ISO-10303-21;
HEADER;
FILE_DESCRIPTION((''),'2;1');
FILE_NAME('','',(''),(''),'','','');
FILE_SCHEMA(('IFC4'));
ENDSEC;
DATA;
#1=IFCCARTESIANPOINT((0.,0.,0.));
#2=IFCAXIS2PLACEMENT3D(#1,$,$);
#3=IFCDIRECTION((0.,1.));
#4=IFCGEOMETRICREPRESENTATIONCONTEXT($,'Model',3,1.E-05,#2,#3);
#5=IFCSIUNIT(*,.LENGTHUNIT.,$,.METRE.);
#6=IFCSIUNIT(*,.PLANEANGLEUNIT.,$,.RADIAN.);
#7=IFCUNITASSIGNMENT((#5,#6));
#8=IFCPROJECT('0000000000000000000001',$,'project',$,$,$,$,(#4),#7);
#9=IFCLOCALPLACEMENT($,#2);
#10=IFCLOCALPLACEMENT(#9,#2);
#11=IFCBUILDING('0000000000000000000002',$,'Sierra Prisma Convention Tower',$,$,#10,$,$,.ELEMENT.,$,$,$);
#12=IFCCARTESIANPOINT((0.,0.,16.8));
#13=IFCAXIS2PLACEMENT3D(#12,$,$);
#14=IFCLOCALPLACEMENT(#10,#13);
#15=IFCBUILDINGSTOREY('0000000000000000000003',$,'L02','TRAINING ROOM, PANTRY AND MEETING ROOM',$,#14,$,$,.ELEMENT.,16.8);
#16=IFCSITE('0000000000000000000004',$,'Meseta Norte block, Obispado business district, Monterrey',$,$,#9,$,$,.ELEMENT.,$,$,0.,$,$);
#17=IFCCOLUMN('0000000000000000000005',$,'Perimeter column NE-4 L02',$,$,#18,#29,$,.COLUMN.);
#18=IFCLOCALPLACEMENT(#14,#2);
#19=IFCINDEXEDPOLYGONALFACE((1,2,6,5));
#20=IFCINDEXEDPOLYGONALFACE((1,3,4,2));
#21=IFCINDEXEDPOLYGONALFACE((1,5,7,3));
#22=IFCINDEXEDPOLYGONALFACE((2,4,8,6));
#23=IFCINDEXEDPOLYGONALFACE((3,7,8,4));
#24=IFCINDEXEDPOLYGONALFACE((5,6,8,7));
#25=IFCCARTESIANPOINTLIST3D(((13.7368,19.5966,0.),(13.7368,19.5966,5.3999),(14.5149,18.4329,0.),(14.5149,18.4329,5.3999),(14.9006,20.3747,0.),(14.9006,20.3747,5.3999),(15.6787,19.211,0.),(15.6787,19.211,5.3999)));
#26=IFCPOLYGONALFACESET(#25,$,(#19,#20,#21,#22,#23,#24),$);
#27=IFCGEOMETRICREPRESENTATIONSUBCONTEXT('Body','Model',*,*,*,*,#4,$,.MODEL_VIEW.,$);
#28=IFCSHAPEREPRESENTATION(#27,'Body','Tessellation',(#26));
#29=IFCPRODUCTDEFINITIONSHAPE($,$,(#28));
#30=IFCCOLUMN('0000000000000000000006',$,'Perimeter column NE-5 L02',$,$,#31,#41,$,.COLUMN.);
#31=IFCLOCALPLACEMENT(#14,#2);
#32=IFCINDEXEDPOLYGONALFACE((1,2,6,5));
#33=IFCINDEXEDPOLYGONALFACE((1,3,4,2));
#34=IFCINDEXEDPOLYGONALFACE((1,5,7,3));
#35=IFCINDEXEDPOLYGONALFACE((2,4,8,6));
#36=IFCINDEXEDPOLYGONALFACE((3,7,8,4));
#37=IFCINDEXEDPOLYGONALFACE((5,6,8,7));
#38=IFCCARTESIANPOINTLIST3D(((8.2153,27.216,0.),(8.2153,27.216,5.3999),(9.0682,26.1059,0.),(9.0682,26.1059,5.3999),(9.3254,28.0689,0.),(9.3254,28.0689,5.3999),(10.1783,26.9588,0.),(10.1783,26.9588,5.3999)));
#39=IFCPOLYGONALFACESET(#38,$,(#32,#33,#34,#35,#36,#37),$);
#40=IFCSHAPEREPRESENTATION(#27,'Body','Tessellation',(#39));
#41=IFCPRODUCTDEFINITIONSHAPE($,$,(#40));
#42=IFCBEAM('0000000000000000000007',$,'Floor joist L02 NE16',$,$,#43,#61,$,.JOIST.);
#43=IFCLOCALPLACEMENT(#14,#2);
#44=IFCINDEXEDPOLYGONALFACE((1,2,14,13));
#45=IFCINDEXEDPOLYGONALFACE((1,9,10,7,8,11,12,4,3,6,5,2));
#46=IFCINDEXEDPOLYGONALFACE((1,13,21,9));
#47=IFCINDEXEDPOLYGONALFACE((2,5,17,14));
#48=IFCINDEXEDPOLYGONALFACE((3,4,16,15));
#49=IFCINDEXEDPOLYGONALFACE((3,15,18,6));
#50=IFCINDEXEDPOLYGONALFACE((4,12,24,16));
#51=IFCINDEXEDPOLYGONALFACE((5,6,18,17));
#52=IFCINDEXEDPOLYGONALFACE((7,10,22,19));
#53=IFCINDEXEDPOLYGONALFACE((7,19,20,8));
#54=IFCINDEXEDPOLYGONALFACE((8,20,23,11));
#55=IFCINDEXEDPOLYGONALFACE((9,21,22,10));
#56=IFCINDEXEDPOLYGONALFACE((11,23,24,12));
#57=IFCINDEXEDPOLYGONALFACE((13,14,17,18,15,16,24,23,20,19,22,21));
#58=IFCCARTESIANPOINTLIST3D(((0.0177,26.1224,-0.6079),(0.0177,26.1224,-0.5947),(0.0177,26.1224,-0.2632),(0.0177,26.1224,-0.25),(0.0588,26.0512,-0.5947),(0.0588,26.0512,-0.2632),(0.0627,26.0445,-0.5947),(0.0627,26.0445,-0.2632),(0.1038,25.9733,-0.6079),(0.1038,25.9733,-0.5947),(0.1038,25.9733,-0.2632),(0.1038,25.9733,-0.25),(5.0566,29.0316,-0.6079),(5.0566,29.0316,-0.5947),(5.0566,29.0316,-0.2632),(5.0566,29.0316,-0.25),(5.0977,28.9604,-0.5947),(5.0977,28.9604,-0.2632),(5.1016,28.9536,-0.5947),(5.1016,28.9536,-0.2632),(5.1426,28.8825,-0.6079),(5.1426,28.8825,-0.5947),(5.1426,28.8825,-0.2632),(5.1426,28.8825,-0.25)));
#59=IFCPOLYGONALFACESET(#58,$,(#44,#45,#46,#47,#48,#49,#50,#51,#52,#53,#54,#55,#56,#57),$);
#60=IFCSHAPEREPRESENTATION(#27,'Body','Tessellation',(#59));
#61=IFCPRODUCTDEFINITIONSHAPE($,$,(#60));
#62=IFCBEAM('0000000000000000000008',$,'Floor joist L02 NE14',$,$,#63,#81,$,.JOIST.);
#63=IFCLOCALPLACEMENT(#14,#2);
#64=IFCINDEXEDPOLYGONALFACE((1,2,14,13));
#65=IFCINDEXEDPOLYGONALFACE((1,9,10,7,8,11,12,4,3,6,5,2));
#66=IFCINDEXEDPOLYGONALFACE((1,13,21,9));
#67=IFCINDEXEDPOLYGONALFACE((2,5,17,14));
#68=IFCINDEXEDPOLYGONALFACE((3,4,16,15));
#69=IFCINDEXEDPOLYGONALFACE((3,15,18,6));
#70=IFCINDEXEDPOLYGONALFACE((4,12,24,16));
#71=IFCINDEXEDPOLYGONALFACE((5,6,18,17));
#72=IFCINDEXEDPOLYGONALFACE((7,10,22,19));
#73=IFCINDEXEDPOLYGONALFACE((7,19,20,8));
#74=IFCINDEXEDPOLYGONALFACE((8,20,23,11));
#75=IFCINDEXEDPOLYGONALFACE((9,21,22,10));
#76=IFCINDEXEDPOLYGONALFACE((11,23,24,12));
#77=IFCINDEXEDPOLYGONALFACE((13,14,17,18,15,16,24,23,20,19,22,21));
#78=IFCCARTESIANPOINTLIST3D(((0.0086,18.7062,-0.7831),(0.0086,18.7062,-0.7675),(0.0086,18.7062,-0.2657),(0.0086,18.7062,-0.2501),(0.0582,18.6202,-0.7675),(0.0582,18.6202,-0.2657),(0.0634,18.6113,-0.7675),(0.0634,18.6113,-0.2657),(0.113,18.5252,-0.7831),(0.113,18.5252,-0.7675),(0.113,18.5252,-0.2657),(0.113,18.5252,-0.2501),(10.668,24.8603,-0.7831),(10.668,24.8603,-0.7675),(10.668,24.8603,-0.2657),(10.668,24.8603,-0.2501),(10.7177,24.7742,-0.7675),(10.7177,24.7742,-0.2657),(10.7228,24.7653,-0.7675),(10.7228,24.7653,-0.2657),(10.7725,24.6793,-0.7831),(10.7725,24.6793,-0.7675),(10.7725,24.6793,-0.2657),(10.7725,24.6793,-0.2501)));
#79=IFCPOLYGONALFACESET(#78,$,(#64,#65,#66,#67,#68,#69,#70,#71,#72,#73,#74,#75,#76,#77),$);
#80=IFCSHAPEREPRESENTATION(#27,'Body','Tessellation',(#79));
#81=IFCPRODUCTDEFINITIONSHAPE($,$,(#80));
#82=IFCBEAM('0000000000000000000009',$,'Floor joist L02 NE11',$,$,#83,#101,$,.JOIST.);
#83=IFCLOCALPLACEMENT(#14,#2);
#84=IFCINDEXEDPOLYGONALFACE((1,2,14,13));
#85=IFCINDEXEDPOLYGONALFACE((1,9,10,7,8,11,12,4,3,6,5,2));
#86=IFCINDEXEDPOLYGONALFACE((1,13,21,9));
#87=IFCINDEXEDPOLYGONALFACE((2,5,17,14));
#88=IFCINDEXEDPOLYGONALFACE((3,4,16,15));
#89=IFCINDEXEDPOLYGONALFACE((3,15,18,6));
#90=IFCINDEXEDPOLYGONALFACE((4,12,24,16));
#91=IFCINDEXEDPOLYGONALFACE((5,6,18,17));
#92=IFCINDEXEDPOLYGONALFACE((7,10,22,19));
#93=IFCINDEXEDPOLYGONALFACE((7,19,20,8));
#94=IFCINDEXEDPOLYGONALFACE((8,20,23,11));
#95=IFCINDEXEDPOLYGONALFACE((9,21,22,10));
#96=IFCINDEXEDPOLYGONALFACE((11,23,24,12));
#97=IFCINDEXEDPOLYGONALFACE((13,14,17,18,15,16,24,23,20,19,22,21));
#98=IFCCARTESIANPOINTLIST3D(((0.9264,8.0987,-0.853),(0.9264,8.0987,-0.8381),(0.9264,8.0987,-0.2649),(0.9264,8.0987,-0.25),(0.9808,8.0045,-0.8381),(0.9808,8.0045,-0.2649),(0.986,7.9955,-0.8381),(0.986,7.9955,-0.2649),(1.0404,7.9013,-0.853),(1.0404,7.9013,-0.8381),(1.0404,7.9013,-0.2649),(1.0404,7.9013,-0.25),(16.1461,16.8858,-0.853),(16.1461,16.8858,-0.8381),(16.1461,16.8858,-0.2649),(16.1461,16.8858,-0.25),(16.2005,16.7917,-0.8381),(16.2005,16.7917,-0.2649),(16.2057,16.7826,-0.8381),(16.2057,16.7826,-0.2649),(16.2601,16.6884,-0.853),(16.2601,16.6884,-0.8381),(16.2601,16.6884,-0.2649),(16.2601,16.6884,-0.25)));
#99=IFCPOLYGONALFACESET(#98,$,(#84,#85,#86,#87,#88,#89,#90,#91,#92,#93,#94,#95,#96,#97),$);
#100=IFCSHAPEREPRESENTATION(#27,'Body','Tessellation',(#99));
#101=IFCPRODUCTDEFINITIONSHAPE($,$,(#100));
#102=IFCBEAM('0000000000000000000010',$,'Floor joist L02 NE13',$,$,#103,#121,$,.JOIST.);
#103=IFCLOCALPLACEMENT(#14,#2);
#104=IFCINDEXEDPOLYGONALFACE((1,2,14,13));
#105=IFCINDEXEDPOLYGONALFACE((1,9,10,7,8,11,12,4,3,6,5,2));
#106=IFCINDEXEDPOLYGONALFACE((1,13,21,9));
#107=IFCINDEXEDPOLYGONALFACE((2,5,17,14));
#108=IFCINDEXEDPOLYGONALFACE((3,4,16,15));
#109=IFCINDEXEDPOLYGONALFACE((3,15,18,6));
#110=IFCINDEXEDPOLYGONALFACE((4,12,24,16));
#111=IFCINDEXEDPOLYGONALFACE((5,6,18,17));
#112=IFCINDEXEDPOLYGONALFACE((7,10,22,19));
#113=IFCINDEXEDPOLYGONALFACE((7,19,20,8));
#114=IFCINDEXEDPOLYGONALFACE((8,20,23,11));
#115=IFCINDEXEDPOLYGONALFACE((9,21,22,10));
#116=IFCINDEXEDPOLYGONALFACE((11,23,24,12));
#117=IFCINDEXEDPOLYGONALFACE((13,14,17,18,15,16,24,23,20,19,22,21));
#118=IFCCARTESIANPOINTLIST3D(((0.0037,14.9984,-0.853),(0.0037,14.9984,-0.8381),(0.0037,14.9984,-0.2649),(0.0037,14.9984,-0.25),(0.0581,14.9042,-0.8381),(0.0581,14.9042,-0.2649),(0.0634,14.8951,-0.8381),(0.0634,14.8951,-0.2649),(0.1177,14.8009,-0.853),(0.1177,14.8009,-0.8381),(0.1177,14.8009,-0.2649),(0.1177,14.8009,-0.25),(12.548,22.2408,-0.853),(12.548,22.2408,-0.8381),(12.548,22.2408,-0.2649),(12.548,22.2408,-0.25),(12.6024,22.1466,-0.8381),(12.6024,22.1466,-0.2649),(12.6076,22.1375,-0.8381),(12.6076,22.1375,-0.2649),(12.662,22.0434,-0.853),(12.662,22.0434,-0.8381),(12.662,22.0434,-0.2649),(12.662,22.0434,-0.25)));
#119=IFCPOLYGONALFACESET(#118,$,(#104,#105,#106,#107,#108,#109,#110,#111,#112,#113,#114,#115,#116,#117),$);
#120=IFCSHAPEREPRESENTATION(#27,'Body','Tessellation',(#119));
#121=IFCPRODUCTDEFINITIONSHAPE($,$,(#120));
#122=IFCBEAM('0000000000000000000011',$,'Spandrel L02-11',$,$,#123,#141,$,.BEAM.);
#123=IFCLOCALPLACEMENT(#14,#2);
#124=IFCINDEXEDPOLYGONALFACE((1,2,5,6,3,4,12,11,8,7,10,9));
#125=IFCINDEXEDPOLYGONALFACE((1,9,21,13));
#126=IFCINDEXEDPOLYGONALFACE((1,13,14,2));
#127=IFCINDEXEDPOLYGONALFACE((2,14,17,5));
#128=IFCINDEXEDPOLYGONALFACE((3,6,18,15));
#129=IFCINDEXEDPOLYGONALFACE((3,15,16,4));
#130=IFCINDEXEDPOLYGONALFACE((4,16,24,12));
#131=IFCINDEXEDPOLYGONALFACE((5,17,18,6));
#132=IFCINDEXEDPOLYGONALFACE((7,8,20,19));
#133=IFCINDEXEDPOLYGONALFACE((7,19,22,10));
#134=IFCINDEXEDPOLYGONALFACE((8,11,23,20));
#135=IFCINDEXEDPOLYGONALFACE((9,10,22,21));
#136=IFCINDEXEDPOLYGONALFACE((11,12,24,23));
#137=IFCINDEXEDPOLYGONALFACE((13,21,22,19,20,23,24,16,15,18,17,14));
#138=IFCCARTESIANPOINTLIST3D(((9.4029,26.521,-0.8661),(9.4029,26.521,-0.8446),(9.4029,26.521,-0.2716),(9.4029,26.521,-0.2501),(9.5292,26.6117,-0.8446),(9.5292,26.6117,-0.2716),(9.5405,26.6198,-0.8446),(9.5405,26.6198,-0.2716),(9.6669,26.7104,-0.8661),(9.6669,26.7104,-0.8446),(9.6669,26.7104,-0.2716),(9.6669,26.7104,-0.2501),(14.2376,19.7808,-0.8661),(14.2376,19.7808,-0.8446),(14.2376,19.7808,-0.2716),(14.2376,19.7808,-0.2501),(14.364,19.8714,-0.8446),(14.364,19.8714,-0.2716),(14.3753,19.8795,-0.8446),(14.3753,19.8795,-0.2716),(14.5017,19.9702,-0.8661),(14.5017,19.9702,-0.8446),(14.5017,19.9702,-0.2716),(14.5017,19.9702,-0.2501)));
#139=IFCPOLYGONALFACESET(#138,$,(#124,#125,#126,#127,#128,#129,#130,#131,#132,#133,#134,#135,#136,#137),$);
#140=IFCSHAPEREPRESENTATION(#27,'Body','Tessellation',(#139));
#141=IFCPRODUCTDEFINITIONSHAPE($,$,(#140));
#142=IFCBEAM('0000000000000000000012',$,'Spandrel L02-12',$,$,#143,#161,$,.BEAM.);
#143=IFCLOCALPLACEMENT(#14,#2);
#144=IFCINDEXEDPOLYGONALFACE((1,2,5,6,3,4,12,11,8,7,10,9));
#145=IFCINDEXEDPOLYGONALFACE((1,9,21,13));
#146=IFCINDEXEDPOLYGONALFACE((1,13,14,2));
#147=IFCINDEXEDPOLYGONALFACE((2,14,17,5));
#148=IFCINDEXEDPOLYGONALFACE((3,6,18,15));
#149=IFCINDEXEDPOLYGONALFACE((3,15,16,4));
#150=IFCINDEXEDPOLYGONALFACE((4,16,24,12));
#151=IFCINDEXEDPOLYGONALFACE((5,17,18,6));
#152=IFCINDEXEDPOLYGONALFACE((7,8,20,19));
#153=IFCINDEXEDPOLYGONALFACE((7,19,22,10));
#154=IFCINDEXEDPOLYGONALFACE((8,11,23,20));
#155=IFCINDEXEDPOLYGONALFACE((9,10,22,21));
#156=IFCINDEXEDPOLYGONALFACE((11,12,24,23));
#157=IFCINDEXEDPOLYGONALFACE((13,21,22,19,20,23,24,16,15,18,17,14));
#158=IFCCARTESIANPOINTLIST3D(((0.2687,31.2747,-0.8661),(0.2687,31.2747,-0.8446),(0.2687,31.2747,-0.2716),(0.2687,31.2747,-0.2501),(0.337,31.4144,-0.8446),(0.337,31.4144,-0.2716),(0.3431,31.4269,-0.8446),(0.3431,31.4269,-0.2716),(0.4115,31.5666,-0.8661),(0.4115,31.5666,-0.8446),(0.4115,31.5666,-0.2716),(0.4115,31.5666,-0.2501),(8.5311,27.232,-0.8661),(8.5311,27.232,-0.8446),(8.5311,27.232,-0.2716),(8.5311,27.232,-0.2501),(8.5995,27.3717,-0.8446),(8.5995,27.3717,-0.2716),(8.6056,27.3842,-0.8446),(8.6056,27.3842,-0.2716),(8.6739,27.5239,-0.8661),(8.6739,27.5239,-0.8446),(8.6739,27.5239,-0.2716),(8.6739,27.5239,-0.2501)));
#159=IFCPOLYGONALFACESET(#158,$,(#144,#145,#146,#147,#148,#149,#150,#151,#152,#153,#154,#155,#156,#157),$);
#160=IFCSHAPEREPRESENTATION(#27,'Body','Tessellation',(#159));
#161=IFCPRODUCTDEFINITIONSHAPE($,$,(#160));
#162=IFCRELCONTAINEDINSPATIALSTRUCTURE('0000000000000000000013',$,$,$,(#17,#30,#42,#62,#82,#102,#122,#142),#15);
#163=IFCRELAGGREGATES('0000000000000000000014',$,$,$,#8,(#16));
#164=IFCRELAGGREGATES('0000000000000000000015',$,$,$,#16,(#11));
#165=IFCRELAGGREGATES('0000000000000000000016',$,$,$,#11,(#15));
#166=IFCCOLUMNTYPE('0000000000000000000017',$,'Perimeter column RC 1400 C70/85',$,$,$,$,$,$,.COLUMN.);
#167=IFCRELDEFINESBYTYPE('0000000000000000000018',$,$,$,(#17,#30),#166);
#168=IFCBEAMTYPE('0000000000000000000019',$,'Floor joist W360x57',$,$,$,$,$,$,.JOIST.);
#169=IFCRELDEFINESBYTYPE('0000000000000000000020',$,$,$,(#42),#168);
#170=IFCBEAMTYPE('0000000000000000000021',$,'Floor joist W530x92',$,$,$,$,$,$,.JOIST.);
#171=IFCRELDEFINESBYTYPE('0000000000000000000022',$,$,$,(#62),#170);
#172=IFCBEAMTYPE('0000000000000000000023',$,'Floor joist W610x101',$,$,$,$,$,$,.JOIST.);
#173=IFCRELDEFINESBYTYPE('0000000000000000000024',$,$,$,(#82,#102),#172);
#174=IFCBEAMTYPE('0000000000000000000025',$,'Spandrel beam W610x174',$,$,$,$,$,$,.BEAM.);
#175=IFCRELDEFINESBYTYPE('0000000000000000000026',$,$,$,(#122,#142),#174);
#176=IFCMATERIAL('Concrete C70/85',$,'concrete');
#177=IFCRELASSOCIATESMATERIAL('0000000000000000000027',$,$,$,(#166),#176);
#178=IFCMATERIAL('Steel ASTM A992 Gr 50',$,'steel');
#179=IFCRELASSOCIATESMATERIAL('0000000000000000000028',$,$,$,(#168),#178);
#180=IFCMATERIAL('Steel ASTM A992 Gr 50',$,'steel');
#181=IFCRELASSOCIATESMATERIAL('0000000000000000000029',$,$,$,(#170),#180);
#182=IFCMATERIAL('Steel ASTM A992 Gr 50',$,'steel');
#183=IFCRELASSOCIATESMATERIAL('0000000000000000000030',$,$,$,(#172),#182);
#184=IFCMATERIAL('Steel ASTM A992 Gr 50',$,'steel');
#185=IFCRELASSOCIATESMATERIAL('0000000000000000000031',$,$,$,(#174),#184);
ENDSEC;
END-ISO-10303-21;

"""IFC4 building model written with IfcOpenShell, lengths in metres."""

from ifc_helpers import new_model, si_unit, direction, frame, origin, origin_2d, place, context, subcontext, project, spatial, rectangle, i_section, extrude, material, material_profile, profile_set, type_object, element, save


model = new_model("IFC4")

# Units and contexts
model_context = context("Model", 3, precision=1e-05, world=origin(), true_north=direction((0.0, 1.0)))
body_context = subcontext(model_context, "Body", "Model", "MODEL_VIEW")
ifc_project = project(units=[si_unit("LENGTHUNIT", "METRE"), si_unit("PLANEANGLEUNIT", "RADIAN")], contexts=[model_context])

# Site, building, storey
site_placement = place(None, origin())
site = spatial("IfcSite", under=ifc_project, at=site_placement, Name="Meseta Norte block, Obispado business district, Monterrey", CompositionType="ELEMENT", RefElevation=0.0)
building_placement = place(site_placement, origin())
building = spatial("IfcBuilding", under=site, at=building_placement, Name="Sierra Prisma Convention Tower", CompositionType="ELEMENT")
storey_placement = place(building_placement, frame((0.0, 0.0, 16.8)))
storey = spatial("IfcBuildingStorey", under=building, at=storey_placement, Name="L02", Description="TRAINING ROOM, PANTRY AND MEETING ROOM", CompositionType="ELEMENT", Elevation=16.8)

# Columns
ifc_material_1 = material(Name="Concrete C70/85", Category="concrete")
ifc_material_profile_1 = material_profile(ifc_material_1, rectangle(XDim=1.3999, YDim=1.3999, at=origin_2d()), Name="Perimeter column RC 1400 C70/85")
ifc_profile_set_1 = profile_set([ifc_material_profile_1], Name="Concrete C70/85")
column_type = type_object("IfcColumnType", Name="Perimeter column RC 1400 C70/85", PredefinedType="COLUMN", material=ifc_profile_set_1)
for number, where, z_axis, x_axis, name in (
    (1, (14.7078, 19.4038, 0.0), (0.0, 0.0, 1.0), (-0.555817, 0.831305, 0.0), "Perimeter column NE-4 L02"),
    (2, (9.1968, 27.0874, 0.0), (0.0, 0.0, 1.0), (-0.609232, 0.792992, 0.0), "Perimeter column NE-5 L02"),
):
    element("IfcColumn", number, at=place(storey_placement, frame(where, z_axis=z_axis, x_axis=x_axis)), inside=storey, type_object=column_type, Name=name, PredefinedType="COLUMN", context=body_context, shape_type="SweptSolid", body=[
        extrude(rectangle(XDim=1.3999, YDim=1.3999, at=origin_2d()), origin(), (0.0, 0.0, 1.0), 5.3999),
    ])

# Beams
ifc_material_2 = material(Name="Steel ASTM A992 Gr 50", Category="steel")
ifc_material_profile_2 = material_profile(ifc_material_2, i_section(OverallWidth=0.1721, OverallDepth=0.3579, WebThickness=0.0078, FlangeThickness=0.0132, at=origin_2d()), Name="W360x57")
ifc_profile_set_2 = profile_set([ifc_material_profile_2], Name="Steel ASTM A992 Gr 50")
beam_type_1 = type_object("IfcBeamType", Name="Floor joist W360x57", PredefinedType="JOIST", material=ifc_profile_set_2)
beam_1_placement = place(storey_placement, frame((5.0996, 28.957, -0.429), z_axis=(-0.866024, -0.500002, 0.0), x_axis=(0.500002, -0.866024, 0.0)))
element("IfcBeam", 3, at=beam_1_placement, inside=storey, type_object=beam_type_1, Name="Floor joist L02 NE16", PredefinedType="JOIST", context=body_context, shape_type="SweptSolid", body=[
    extrude(i_section(OverallWidth=0.1721, OverallDepth=0.3579, WebThickness=0.0078, FlangeThickness=0.0132, at=origin_2d()), origin(), (0.0, 0.0, 1.0), 5.8184),
])
ifc_material_3 = material(Name="Steel ASTM A992 Gr 50", Category="steel")
ifc_material_profile_3 = material_profile(ifc_material_3, i_section(OverallWidth=0.209, OverallDepth=0.533, WebThickness=0.0103, FlangeThickness=0.0156, at=origin_2d()), Name="W530x92")
ifc_profile_set_3 = profile_set([ifc_material_profile_3], Name="Steel ASTM A992 Gr 50")
beam_type_2 = type_object("IfcBeamType", Name="Floor joist W530x92", PredefinedType="JOIST", material=ifc_profile_set_3)
beam_2_placement = place(storey_placement, frame((10.7202, 24.7698, -0.5166), z_axis=(-0.866031, -0.49999, 0.0), x_axis=(0.49999, -0.866031, 0.0)))
element("IfcBeam", 4, at=beam_2_placement, inside=storey, type_object=beam_type_2, Name="Floor joist L02 NE14", PredefinedType="JOIST", context=body_context, shape_type="SweptSolid", body=[
    extrude(i_section(OverallWidth=0.209, OverallDepth=0.533, WebThickness=0.0103, FlangeThickness=0.0156, at=origin_2d()), origin(), (0.0, 0.0, 1.0), 12.3083),
])
ifc_material_4 = material(Name="Steel ASTM A992 Gr 50", Category="steel")
ifc_material_profile_4 = material_profile(ifc_material_4, i_section(OverallWidth=0.228, OverallDepth=0.603, WebThickness=0.0105, FlangeThickness=0.0149, at=origin_2d()), Name="W610x101")
ifc_profile_set_4 = profile_set([ifc_material_profile_4], Name="Steel ASTM A992 Gr 50")
beam_type_3 = type_object("IfcBeamType", Name="Floor joist W610x101", PredefinedType="JOIST", material=ifc_profile_set_4)
beam_3_placement = place(storey_placement, frame((16.2031, 16.7871, -0.5515), z_axis=(-0.866025, -0.5, 0.0), x_axis=(0.5, -0.866025, 0.0)))
element("IfcBeam", 5, at=beam_3_placement, inside=storey, type_object=beam_type_3, Name="Floor joist L02 NE11", PredefinedType="JOIST", context=body_context, shape_type="SweptSolid", body=[
    extrude(i_section(OverallWidth=0.228, OverallDepth=0.603, WebThickness=0.0105, FlangeThickness=0.0149, at=origin_2d()), origin(), (0.0, 0.0, 1.0), 17.5742),
])
beam_4_placement = place(storey_placement, frame((12.605, 22.1421, -0.5515), z_axis=(-0.866024, -0.500002, 0.0), x_axis=(0.500002, -0.866024, 0.0)))
element("IfcBeam", 6, at=beam_4_placement, inside=storey, type_object=beam_type_3, Name="Floor joist L02 NE13", PredefinedType="JOIST", context=body_context, shape_type="SweptSolid", body=[
    extrude(i_section(OverallWidth=0.228, OverallDepth=0.603, WebThickness=0.0105, FlangeThickness=0.0149, at=origin_2d()), origin(), (0.0, 0.0, 1.0), 14.4849),
])
ifc_material_5 = material(Name="Steel ASTM A992 Gr 50", Category="steel")
ifc_material_profile_5 = material_profile(ifc_material_5, i_section(OverallWidth=0.325, OverallDepth=0.616, WebThickness=0.0139, FlangeThickness=0.0215, at=origin_2d()), Name="W610x174")
ifc_profile_set_5 = profile_set([ifc_material_profile_5], Name="Steel ASTM A992 Gr 50")
beam_type_4 = type_object("IfcBeamType", Name="Spandrel beam W610x174", PredefinedType="BEAM", material=ifc_profile_set_5)
beam_5_placement = place(storey_placement, frame((14.3696, 19.8755, -0.5581), z_axis=(-0.582855, 0.812576, 0.0), x_axis=(-0.812576, -0.582855, 0.0)))
element("IfcBeam", 7, at=beam_5_placement, inside=storey, type_object=beam_type_4, Name="Spandrel L02-11", PredefinedType="BEAM", context=body_context, shape_type="SweptSolid", body=[
    extrude(i_section(OverallWidth=0.325, OverallDepth=0.616, WebThickness=0.0139, FlangeThickness=0.0215, at=origin_2d()), origin(), (0.0, 0.0, 1.0), 8.2949),
])
beam_6_placement = place(storey_placement, frame((8.6025, 27.3779, -0.5581), z_axis=(-0.898243, 0.4395, 0.0), x_axis=(-0.4395, -0.898243, 0.0)))
element("IfcBeam", 8, at=beam_6_placement, inside=storey, type_object=beam_type_4, Name="Spandrel L02-12", PredefinedType="BEAM", context=body_context, shape_type="SweptSolid", body=[
    extrude(i_section(OverallWidth=0.325, OverallDepth=0.616, WebThickness=0.0139, FlangeThickness=0.0215, at=origin_2d()), origin(), (0.0, 0.0, 1.0), 9.1985),
])

save(model, "model.ifc")
